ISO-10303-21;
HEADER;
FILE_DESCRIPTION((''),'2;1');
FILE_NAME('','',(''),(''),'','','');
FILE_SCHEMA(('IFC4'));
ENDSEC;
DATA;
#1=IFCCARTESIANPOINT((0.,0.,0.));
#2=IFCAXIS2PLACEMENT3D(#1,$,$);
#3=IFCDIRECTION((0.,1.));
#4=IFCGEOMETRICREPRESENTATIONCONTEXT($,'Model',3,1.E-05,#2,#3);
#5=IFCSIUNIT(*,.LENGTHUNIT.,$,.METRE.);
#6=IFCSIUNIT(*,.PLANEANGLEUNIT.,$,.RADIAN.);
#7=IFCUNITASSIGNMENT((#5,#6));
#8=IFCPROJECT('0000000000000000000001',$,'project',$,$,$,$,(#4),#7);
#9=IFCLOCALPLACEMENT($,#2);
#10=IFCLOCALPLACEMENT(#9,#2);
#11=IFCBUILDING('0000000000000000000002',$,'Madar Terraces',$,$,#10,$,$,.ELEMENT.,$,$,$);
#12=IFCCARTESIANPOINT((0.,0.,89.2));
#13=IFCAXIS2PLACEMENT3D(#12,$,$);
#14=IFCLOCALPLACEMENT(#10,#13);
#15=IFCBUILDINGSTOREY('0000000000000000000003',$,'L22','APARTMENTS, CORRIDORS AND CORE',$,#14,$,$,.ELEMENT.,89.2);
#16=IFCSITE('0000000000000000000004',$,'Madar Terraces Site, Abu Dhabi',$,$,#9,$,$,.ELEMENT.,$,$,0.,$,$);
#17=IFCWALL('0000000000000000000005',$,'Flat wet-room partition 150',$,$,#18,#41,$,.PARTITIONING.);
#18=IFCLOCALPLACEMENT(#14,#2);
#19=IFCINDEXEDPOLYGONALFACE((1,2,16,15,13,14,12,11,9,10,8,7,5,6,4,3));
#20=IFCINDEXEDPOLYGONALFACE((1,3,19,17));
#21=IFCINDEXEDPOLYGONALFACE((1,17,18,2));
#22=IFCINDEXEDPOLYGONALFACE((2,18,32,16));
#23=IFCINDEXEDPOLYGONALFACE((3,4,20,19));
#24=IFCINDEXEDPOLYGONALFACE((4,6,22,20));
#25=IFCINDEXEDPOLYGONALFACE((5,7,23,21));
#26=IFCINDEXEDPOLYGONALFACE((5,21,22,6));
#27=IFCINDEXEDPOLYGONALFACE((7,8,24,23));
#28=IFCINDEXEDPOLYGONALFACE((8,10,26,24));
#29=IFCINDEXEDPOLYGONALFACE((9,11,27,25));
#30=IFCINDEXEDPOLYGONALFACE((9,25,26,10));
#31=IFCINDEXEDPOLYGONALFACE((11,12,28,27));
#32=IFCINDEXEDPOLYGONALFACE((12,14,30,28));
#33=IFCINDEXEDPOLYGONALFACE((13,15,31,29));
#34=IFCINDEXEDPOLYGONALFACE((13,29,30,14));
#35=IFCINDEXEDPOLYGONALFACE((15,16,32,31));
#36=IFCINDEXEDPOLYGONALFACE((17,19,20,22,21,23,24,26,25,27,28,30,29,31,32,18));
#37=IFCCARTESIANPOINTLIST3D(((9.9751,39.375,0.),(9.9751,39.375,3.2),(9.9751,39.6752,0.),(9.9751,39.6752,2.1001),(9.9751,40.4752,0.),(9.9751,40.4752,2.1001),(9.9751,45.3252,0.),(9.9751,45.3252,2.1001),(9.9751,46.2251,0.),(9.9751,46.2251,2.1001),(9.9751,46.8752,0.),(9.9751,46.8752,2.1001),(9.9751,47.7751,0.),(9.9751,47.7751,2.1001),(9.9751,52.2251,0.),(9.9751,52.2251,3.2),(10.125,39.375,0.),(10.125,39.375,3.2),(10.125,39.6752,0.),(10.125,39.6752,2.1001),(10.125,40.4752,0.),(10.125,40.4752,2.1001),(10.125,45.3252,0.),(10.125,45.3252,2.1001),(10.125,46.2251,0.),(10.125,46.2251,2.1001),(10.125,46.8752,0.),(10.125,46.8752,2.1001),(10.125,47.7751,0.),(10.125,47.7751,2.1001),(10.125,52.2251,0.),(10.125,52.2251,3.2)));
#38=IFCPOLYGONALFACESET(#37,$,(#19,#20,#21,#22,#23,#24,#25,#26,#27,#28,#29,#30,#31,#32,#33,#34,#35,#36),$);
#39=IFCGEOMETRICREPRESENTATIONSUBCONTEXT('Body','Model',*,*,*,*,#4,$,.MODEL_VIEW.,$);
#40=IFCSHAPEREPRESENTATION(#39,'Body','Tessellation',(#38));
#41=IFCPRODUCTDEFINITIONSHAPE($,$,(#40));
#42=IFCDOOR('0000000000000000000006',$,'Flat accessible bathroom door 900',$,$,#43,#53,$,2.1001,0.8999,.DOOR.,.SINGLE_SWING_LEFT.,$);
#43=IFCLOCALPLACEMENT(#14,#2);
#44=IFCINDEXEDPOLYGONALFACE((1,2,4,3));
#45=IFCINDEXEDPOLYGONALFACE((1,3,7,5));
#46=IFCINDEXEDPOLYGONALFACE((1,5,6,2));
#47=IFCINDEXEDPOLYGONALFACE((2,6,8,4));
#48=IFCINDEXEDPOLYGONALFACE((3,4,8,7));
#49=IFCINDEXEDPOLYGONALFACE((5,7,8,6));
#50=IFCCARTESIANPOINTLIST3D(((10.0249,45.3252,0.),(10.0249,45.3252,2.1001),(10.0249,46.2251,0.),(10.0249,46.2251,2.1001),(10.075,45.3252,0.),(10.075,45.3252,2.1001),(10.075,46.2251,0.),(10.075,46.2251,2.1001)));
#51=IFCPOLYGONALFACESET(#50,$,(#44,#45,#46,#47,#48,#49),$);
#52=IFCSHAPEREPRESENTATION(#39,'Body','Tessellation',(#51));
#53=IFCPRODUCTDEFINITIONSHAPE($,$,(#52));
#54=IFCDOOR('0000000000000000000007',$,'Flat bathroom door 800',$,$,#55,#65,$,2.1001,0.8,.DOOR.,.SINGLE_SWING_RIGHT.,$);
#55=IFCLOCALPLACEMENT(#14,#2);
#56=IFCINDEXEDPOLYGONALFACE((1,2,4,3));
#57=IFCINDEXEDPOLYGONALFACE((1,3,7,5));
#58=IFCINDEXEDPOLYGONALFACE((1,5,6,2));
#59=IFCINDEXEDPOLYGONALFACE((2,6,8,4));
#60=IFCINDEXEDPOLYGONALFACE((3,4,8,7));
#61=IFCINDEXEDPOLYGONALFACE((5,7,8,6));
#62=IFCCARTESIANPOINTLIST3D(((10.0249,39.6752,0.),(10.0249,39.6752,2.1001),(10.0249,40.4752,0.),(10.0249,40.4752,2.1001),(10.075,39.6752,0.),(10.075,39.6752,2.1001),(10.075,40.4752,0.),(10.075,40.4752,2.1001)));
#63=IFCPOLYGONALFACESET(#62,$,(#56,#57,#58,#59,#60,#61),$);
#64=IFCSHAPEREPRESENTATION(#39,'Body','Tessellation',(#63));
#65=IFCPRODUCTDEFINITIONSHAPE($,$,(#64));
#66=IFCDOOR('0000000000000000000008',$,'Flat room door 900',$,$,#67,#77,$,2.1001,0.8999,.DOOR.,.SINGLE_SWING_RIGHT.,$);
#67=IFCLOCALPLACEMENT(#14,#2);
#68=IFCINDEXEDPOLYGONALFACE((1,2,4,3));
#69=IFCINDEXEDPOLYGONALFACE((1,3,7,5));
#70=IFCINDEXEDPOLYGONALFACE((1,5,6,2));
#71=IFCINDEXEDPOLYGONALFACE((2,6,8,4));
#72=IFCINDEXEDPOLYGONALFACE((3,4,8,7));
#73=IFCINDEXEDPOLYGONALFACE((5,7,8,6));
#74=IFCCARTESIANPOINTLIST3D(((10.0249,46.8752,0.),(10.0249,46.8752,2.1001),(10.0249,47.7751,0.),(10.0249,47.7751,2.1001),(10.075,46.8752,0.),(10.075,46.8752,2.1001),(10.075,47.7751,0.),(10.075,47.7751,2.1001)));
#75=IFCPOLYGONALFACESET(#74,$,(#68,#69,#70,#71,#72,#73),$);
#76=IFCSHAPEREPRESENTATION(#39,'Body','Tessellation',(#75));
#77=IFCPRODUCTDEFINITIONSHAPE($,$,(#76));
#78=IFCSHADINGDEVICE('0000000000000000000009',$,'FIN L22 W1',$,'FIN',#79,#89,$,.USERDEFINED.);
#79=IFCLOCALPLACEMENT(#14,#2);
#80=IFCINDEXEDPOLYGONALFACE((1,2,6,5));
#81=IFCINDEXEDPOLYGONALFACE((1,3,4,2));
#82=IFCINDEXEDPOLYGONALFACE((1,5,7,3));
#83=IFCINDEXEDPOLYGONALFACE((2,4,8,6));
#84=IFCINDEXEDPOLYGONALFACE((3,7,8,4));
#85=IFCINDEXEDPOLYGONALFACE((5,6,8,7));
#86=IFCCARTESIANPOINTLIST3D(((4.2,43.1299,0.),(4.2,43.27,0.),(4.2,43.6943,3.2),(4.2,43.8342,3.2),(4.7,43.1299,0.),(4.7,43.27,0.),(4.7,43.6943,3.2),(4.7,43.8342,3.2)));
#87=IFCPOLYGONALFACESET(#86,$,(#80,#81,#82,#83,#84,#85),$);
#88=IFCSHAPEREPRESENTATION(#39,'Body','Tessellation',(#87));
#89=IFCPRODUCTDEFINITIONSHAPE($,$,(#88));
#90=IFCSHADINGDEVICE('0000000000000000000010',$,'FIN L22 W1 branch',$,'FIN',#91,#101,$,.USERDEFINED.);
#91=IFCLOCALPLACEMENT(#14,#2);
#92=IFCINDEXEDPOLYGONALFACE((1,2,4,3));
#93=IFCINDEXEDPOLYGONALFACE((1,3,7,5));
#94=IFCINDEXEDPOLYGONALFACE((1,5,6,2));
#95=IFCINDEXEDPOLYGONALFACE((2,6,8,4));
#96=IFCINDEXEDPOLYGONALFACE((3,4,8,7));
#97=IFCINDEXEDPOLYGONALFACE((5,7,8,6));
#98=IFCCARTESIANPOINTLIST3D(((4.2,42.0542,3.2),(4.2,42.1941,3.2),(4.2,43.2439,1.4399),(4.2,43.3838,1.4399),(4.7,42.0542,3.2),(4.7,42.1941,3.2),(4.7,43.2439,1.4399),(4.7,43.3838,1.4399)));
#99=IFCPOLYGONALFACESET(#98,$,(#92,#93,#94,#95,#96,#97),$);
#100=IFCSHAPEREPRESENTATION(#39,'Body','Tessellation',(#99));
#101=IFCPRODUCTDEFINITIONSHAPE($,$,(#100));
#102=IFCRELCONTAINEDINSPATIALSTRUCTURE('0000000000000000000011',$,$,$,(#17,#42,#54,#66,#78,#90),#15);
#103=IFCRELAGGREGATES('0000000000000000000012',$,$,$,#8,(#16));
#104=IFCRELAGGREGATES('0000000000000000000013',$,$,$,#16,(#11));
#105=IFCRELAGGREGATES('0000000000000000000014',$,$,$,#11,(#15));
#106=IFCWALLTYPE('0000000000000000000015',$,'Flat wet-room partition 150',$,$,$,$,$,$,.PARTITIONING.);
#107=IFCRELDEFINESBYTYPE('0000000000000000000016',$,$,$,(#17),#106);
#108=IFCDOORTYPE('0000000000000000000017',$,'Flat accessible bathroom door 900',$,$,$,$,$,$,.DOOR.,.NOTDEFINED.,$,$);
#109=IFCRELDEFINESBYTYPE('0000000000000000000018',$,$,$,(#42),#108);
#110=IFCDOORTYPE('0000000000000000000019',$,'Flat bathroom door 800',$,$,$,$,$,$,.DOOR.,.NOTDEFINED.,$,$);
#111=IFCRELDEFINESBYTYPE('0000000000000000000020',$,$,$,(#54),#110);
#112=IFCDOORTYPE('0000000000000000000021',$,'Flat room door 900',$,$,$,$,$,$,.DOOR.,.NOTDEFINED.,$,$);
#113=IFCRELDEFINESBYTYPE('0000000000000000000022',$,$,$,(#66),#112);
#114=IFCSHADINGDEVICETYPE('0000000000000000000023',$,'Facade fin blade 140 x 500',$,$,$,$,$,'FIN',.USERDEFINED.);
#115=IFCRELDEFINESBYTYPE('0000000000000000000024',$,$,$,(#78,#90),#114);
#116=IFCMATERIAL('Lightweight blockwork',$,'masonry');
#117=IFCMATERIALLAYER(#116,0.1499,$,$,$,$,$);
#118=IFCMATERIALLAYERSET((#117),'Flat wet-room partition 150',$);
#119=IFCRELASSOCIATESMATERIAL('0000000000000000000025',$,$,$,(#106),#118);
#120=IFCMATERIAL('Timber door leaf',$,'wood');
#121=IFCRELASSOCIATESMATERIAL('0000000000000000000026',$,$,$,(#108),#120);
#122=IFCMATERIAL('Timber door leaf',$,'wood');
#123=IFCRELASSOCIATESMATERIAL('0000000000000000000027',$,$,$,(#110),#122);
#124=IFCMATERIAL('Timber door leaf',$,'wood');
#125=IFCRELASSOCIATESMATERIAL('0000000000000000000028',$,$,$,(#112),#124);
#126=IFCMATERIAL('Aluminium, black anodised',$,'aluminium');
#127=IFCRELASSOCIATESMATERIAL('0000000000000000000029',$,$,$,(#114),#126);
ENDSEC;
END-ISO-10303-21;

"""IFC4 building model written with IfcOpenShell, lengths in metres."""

from ifc_helpers import new_model, si_unit, direction, frame, frame_2d, origin, place, context, subcontext, project, spatial, polyline, rectangle, outline, extrude, material, layer, layer_set, type_object, element, fill, save


model = new_model("IFC4")

# Units and contexts
model_context = context("Model", 3, precision=1e-05, world=origin(), true_north=direction((0.0, 1.0)))
body_context = subcontext(model_context, "Body", "Model", "MODEL_VIEW")
ifc_project = project(units=[si_unit("LENGTHUNIT", "METRE"), si_unit("PLANEANGLEUNIT", "RADIAN")], contexts=[model_context])

# Site, building, storey
site_placement = place(None, origin())
site = spatial("IfcSite", under=ifc_project, at=site_placement, Name="Madar Terraces Site, Abu Dhabi", CompositionType="ELEMENT", RefElevation=0.0)
building_placement = place(site_placement, origin())
building = spatial("IfcBuilding", under=site, at=building_placement, Name="Madar Terraces", CompositionType="ELEMENT")
storey_placement = place(building_placement, frame((0.0, 0.0, 89.2)))
storey = spatial("IfcBuildingStorey", under=building, at=storey_placement, Name="L22", Description="APARTMENTS, CORRIDORS AND CORE", CompositionType="ELEMENT", Elevation=89.2)

# Shared definitions
ifc_material_1 = material(Name="Lightweight blockwork", Category="masonry")
ifc_layer_1 = layer(ifc_material_1, 0.1499)
ifc_layer_set_1 = layer_set([ifc_layer_1], Name="Flat wet-room partition 150")
wall_type_1 = type_object("IfcWallType", Name="Flat wet-room partition 150", PredefinedType="PARTITIONING", material=ifc_layer_set_1)

# Wall, openings, doors
wall_1_placement = place(storey_placement, frame((10.05, 52.2251, 0.0), z_axis=(0.0, 0.0, 1.0), x_axis=(0.0, -1.0, 0.0)))
wall_1 = element("IfcWall", 1, at=wall_1_placement, inside=storey, type_object=wall_type_1, Name="Flat wet-room partition 150", PredefinedType="PARTITIONING", context=body_context, shape_type="SweptSolid", body=[
    extrude(rectangle(XDim=12.8501, YDim=0.1499, at=frame_2d((6.425, 0.0))), origin(), (0.0, 0.0, 1.0), 3.2),
])
opening_1_placement = place(wall_1_placement, frame((11.75, 0.0, 0.0)))
opening_1 = element("IfcOpeningElement", 2, at=opening_1_placement, cuts=wall_1, PredefinedType="OPENING", context=body_context, shape_type="SweptSolid", body=[
    extrude(rectangle(XDim=0.8, YDim=2.1001, at=frame_2d((0.3999, 1.05))), frame((0.0, 0.085, 0.0), z_axis=(0.0, -1.0, 0.0), x_axis=(1.0, 0.0, 0.0)), (0.0, 0.0, 1.0), 0.1699),
])
opening_2_placement = place(wall_1_placement, frame((6.0, 0.0, 0.0)))
opening_2 = element("IfcOpeningElement", 3, at=opening_2_placement, cuts=wall_1, PredefinedType="OPENING", context=body_context, shape_type="SweptSolid", body=[
    extrude(rectangle(XDim=0.8999, YDim=2.1001, at=frame_2d((0.45, 1.05))), frame((0.0, 0.085, 0.0), z_axis=(0.0, -1.0, 0.0), x_axis=(1.0, 0.0, 0.0)), (0.0, 0.0, 1.0), 0.1699),
])
opening_3_placement = place(wall_1_placement, frame((4.45, 0.0, 0.0)))
opening_3 = element("IfcOpeningElement", 4, at=opening_3_placement, cuts=wall_1, PredefinedType="OPENING", context=body_context, shape_type="SweptSolid", body=[
    extrude(rectangle(XDim=0.8999, YDim=2.1001, at=frame_2d((0.45, 1.05))), frame((0.0, 0.085, 0.0), z_axis=(0.0, -1.0, 0.0), x_axis=(1.0, 0.0, 0.0)), (0.0, 0.0, 1.0), 0.1699),
])
ifc_material_2 = material(Name="Timber door leaf", Category="wood")
door_type_1 = type_object("IfcDoorType", Name="Flat accessible bathroom door 900", OperationType="NOTDEFINED", PredefinedType="DOOR", material=ifc_material_2)
door_1_placement = place(opening_2_placement, origin())
door_1 = element("IfcDoor", 5, at=door_1_placement, inside=storey, type_object=door_type_1, Name="Flat accessible bathroom door 900", OperationType="SINGLE_SWING_LEFT", OverallHeight=2.1001, OverallWidth=0.8999, PredefinedType="DOOR", context=body_context, shape_type="SweptSolid", body=[
    extrude(rectangle(XDim=0.8999, YDim=2.1001, at=frame_2d((0.45, 1.05))), frame((0.0, 0.0249, 0.0), z_axis=(0.0, -1.0, 0.0), x_axis=(1.0, 0.0, 0.0)), (0.0, 0.0, 1.0), 0.05),
])
fill(opening_2, door_1)
ifc_material_3 = material(Name="Timber door leaf", Category="wood")
door_type_2 = type_object("IfcDoorType", Name="Flat bathroom door 800", OperationType="NOTDEFINED", PredefinedType="DOOR", material=ifc_material_3)
door_2_placement = place(opening_1_placement, origin())
door_2 = element("IfcDoor", 6, at=door_2_placement, inside=storey, type_object=door_type_2, Name="Flat bathroom door 800", OperationType="SINGLE_SWING_RIGHT", OverallHeight=2.1001, OverallWidth=0.8, PredefinedType="DOOR", context=body_context, shape_type="SweptSolid", body=[
    extrude(rectangle(XDim=0.8, YDim=2.1001, at=frame_2d((0.3999, 1.05))), frame((0.0, 0.0249, 0.0), z_axis=(0.0, -1.0, 0.0), x_axis=(1.0, 0.0, 0.0)), (0.0, 0.0, 1.0), 0.05),
])
fill(opening_1, door_2)
ifc_material_4 = material(Name="Timber door leaf", Category="wood")
door_type_3 = type_object("IfcDoorType", Name="Flat room door 900", OperationType="NOTDEFINED", PredefinedType="DOOR", material=ifc_material_4)
door_3_placement = place(opening_3_placement, origin())
door_3 = element("IfcDoor", 7, at=door_3_placement, inside=storey, type_object=door_type_3, Name="Flat room door 900", OperationType="SINGLE_SWING_RIGHT", OverallHeight=2.1001, OverallWidth=0.8999, PredefinedType="DOOR", context=body_context, shape_type="SweptSolid", body=[
    extrude(rectangle(XDim=0.8999, YDim=2.1001, at=frame_2d((0.45, 1.05))), frame((0.0, 0.0249, 0.0), z_axis=(0.0, -1.0, 0.0), x_axis=(1.0, 0.0, 0.0)), (0.0, 0.0, 1.0), 0.05),
])
fill(opening_3, door_3)

# Shading devices
ifc_material_5 = material(Name="Aluminium, black anodised", Category="aluminium")
shading_device_type = type_object("IfcShadingDeviceType", Name="Facade fin blade 140 x 500", ElementType="FIN", PredefinedType="USERDEFINED", material=ifc_material_5)
shading_device_1_placement = place(storey_placement, frame((4.45, 43.27, 0.0), z_axis=(0.0, 0.0, 1.0), x_axis=(0.0, -1.0, 0.0)))
element("IfcShadingDevice", 8, at=shading_device_1_placement, inside=storey, type_object=shading_device_type, Name="FIN L22 W1", ObjectType="FIN", PredefinedType="USERDEFINED", context=body_context, shape_type="SweptSolid", body=[
    extrude(outline(polyline([(0.0, 0.0), (0.1401, 0.0), (-0.4243, 3.2), (-0.5642, 3.2), (0.0, 0.0)])), frame((0.0, 0.25, 0.0), z_axis=(0.0, -1.0, 0.0), x_axis=(1.0, 0.0, 0.0)), (0.0, 0.0, 1.0), 0.5),
])
shading_device_2_placement = place(storey_placement, frame((4.45, 43.3838, 1.4399), z_axis=(0.0, 0.0, 1.0), x_axis=(0.0, -1.0, 0.0)))
element("IfcShadingDevice", 9, at=shading_device_2_placement, inside=storey, type_object=shading_device_type, Name="FIN L22 W1 branch", ObjectType="FIN", PredefinedType="USERDEFINED", context=body_context, shape_type="SweptSolid", body=[
    extrude(outline(polyline([(0.0, 0.0), (0.1399, 0.0), (1.3296, 1.76), (1.1897, 1.76), (0.0, 0.0)])), frame((0.0, 0.25, 0.0), z_axis=(0.0, -1.0, 0.0), x_axis=(1.0, 0.0, 0.0)), (0.0, 0.0, 1.0), 0.5),
])

save(model, "model.ifc")
